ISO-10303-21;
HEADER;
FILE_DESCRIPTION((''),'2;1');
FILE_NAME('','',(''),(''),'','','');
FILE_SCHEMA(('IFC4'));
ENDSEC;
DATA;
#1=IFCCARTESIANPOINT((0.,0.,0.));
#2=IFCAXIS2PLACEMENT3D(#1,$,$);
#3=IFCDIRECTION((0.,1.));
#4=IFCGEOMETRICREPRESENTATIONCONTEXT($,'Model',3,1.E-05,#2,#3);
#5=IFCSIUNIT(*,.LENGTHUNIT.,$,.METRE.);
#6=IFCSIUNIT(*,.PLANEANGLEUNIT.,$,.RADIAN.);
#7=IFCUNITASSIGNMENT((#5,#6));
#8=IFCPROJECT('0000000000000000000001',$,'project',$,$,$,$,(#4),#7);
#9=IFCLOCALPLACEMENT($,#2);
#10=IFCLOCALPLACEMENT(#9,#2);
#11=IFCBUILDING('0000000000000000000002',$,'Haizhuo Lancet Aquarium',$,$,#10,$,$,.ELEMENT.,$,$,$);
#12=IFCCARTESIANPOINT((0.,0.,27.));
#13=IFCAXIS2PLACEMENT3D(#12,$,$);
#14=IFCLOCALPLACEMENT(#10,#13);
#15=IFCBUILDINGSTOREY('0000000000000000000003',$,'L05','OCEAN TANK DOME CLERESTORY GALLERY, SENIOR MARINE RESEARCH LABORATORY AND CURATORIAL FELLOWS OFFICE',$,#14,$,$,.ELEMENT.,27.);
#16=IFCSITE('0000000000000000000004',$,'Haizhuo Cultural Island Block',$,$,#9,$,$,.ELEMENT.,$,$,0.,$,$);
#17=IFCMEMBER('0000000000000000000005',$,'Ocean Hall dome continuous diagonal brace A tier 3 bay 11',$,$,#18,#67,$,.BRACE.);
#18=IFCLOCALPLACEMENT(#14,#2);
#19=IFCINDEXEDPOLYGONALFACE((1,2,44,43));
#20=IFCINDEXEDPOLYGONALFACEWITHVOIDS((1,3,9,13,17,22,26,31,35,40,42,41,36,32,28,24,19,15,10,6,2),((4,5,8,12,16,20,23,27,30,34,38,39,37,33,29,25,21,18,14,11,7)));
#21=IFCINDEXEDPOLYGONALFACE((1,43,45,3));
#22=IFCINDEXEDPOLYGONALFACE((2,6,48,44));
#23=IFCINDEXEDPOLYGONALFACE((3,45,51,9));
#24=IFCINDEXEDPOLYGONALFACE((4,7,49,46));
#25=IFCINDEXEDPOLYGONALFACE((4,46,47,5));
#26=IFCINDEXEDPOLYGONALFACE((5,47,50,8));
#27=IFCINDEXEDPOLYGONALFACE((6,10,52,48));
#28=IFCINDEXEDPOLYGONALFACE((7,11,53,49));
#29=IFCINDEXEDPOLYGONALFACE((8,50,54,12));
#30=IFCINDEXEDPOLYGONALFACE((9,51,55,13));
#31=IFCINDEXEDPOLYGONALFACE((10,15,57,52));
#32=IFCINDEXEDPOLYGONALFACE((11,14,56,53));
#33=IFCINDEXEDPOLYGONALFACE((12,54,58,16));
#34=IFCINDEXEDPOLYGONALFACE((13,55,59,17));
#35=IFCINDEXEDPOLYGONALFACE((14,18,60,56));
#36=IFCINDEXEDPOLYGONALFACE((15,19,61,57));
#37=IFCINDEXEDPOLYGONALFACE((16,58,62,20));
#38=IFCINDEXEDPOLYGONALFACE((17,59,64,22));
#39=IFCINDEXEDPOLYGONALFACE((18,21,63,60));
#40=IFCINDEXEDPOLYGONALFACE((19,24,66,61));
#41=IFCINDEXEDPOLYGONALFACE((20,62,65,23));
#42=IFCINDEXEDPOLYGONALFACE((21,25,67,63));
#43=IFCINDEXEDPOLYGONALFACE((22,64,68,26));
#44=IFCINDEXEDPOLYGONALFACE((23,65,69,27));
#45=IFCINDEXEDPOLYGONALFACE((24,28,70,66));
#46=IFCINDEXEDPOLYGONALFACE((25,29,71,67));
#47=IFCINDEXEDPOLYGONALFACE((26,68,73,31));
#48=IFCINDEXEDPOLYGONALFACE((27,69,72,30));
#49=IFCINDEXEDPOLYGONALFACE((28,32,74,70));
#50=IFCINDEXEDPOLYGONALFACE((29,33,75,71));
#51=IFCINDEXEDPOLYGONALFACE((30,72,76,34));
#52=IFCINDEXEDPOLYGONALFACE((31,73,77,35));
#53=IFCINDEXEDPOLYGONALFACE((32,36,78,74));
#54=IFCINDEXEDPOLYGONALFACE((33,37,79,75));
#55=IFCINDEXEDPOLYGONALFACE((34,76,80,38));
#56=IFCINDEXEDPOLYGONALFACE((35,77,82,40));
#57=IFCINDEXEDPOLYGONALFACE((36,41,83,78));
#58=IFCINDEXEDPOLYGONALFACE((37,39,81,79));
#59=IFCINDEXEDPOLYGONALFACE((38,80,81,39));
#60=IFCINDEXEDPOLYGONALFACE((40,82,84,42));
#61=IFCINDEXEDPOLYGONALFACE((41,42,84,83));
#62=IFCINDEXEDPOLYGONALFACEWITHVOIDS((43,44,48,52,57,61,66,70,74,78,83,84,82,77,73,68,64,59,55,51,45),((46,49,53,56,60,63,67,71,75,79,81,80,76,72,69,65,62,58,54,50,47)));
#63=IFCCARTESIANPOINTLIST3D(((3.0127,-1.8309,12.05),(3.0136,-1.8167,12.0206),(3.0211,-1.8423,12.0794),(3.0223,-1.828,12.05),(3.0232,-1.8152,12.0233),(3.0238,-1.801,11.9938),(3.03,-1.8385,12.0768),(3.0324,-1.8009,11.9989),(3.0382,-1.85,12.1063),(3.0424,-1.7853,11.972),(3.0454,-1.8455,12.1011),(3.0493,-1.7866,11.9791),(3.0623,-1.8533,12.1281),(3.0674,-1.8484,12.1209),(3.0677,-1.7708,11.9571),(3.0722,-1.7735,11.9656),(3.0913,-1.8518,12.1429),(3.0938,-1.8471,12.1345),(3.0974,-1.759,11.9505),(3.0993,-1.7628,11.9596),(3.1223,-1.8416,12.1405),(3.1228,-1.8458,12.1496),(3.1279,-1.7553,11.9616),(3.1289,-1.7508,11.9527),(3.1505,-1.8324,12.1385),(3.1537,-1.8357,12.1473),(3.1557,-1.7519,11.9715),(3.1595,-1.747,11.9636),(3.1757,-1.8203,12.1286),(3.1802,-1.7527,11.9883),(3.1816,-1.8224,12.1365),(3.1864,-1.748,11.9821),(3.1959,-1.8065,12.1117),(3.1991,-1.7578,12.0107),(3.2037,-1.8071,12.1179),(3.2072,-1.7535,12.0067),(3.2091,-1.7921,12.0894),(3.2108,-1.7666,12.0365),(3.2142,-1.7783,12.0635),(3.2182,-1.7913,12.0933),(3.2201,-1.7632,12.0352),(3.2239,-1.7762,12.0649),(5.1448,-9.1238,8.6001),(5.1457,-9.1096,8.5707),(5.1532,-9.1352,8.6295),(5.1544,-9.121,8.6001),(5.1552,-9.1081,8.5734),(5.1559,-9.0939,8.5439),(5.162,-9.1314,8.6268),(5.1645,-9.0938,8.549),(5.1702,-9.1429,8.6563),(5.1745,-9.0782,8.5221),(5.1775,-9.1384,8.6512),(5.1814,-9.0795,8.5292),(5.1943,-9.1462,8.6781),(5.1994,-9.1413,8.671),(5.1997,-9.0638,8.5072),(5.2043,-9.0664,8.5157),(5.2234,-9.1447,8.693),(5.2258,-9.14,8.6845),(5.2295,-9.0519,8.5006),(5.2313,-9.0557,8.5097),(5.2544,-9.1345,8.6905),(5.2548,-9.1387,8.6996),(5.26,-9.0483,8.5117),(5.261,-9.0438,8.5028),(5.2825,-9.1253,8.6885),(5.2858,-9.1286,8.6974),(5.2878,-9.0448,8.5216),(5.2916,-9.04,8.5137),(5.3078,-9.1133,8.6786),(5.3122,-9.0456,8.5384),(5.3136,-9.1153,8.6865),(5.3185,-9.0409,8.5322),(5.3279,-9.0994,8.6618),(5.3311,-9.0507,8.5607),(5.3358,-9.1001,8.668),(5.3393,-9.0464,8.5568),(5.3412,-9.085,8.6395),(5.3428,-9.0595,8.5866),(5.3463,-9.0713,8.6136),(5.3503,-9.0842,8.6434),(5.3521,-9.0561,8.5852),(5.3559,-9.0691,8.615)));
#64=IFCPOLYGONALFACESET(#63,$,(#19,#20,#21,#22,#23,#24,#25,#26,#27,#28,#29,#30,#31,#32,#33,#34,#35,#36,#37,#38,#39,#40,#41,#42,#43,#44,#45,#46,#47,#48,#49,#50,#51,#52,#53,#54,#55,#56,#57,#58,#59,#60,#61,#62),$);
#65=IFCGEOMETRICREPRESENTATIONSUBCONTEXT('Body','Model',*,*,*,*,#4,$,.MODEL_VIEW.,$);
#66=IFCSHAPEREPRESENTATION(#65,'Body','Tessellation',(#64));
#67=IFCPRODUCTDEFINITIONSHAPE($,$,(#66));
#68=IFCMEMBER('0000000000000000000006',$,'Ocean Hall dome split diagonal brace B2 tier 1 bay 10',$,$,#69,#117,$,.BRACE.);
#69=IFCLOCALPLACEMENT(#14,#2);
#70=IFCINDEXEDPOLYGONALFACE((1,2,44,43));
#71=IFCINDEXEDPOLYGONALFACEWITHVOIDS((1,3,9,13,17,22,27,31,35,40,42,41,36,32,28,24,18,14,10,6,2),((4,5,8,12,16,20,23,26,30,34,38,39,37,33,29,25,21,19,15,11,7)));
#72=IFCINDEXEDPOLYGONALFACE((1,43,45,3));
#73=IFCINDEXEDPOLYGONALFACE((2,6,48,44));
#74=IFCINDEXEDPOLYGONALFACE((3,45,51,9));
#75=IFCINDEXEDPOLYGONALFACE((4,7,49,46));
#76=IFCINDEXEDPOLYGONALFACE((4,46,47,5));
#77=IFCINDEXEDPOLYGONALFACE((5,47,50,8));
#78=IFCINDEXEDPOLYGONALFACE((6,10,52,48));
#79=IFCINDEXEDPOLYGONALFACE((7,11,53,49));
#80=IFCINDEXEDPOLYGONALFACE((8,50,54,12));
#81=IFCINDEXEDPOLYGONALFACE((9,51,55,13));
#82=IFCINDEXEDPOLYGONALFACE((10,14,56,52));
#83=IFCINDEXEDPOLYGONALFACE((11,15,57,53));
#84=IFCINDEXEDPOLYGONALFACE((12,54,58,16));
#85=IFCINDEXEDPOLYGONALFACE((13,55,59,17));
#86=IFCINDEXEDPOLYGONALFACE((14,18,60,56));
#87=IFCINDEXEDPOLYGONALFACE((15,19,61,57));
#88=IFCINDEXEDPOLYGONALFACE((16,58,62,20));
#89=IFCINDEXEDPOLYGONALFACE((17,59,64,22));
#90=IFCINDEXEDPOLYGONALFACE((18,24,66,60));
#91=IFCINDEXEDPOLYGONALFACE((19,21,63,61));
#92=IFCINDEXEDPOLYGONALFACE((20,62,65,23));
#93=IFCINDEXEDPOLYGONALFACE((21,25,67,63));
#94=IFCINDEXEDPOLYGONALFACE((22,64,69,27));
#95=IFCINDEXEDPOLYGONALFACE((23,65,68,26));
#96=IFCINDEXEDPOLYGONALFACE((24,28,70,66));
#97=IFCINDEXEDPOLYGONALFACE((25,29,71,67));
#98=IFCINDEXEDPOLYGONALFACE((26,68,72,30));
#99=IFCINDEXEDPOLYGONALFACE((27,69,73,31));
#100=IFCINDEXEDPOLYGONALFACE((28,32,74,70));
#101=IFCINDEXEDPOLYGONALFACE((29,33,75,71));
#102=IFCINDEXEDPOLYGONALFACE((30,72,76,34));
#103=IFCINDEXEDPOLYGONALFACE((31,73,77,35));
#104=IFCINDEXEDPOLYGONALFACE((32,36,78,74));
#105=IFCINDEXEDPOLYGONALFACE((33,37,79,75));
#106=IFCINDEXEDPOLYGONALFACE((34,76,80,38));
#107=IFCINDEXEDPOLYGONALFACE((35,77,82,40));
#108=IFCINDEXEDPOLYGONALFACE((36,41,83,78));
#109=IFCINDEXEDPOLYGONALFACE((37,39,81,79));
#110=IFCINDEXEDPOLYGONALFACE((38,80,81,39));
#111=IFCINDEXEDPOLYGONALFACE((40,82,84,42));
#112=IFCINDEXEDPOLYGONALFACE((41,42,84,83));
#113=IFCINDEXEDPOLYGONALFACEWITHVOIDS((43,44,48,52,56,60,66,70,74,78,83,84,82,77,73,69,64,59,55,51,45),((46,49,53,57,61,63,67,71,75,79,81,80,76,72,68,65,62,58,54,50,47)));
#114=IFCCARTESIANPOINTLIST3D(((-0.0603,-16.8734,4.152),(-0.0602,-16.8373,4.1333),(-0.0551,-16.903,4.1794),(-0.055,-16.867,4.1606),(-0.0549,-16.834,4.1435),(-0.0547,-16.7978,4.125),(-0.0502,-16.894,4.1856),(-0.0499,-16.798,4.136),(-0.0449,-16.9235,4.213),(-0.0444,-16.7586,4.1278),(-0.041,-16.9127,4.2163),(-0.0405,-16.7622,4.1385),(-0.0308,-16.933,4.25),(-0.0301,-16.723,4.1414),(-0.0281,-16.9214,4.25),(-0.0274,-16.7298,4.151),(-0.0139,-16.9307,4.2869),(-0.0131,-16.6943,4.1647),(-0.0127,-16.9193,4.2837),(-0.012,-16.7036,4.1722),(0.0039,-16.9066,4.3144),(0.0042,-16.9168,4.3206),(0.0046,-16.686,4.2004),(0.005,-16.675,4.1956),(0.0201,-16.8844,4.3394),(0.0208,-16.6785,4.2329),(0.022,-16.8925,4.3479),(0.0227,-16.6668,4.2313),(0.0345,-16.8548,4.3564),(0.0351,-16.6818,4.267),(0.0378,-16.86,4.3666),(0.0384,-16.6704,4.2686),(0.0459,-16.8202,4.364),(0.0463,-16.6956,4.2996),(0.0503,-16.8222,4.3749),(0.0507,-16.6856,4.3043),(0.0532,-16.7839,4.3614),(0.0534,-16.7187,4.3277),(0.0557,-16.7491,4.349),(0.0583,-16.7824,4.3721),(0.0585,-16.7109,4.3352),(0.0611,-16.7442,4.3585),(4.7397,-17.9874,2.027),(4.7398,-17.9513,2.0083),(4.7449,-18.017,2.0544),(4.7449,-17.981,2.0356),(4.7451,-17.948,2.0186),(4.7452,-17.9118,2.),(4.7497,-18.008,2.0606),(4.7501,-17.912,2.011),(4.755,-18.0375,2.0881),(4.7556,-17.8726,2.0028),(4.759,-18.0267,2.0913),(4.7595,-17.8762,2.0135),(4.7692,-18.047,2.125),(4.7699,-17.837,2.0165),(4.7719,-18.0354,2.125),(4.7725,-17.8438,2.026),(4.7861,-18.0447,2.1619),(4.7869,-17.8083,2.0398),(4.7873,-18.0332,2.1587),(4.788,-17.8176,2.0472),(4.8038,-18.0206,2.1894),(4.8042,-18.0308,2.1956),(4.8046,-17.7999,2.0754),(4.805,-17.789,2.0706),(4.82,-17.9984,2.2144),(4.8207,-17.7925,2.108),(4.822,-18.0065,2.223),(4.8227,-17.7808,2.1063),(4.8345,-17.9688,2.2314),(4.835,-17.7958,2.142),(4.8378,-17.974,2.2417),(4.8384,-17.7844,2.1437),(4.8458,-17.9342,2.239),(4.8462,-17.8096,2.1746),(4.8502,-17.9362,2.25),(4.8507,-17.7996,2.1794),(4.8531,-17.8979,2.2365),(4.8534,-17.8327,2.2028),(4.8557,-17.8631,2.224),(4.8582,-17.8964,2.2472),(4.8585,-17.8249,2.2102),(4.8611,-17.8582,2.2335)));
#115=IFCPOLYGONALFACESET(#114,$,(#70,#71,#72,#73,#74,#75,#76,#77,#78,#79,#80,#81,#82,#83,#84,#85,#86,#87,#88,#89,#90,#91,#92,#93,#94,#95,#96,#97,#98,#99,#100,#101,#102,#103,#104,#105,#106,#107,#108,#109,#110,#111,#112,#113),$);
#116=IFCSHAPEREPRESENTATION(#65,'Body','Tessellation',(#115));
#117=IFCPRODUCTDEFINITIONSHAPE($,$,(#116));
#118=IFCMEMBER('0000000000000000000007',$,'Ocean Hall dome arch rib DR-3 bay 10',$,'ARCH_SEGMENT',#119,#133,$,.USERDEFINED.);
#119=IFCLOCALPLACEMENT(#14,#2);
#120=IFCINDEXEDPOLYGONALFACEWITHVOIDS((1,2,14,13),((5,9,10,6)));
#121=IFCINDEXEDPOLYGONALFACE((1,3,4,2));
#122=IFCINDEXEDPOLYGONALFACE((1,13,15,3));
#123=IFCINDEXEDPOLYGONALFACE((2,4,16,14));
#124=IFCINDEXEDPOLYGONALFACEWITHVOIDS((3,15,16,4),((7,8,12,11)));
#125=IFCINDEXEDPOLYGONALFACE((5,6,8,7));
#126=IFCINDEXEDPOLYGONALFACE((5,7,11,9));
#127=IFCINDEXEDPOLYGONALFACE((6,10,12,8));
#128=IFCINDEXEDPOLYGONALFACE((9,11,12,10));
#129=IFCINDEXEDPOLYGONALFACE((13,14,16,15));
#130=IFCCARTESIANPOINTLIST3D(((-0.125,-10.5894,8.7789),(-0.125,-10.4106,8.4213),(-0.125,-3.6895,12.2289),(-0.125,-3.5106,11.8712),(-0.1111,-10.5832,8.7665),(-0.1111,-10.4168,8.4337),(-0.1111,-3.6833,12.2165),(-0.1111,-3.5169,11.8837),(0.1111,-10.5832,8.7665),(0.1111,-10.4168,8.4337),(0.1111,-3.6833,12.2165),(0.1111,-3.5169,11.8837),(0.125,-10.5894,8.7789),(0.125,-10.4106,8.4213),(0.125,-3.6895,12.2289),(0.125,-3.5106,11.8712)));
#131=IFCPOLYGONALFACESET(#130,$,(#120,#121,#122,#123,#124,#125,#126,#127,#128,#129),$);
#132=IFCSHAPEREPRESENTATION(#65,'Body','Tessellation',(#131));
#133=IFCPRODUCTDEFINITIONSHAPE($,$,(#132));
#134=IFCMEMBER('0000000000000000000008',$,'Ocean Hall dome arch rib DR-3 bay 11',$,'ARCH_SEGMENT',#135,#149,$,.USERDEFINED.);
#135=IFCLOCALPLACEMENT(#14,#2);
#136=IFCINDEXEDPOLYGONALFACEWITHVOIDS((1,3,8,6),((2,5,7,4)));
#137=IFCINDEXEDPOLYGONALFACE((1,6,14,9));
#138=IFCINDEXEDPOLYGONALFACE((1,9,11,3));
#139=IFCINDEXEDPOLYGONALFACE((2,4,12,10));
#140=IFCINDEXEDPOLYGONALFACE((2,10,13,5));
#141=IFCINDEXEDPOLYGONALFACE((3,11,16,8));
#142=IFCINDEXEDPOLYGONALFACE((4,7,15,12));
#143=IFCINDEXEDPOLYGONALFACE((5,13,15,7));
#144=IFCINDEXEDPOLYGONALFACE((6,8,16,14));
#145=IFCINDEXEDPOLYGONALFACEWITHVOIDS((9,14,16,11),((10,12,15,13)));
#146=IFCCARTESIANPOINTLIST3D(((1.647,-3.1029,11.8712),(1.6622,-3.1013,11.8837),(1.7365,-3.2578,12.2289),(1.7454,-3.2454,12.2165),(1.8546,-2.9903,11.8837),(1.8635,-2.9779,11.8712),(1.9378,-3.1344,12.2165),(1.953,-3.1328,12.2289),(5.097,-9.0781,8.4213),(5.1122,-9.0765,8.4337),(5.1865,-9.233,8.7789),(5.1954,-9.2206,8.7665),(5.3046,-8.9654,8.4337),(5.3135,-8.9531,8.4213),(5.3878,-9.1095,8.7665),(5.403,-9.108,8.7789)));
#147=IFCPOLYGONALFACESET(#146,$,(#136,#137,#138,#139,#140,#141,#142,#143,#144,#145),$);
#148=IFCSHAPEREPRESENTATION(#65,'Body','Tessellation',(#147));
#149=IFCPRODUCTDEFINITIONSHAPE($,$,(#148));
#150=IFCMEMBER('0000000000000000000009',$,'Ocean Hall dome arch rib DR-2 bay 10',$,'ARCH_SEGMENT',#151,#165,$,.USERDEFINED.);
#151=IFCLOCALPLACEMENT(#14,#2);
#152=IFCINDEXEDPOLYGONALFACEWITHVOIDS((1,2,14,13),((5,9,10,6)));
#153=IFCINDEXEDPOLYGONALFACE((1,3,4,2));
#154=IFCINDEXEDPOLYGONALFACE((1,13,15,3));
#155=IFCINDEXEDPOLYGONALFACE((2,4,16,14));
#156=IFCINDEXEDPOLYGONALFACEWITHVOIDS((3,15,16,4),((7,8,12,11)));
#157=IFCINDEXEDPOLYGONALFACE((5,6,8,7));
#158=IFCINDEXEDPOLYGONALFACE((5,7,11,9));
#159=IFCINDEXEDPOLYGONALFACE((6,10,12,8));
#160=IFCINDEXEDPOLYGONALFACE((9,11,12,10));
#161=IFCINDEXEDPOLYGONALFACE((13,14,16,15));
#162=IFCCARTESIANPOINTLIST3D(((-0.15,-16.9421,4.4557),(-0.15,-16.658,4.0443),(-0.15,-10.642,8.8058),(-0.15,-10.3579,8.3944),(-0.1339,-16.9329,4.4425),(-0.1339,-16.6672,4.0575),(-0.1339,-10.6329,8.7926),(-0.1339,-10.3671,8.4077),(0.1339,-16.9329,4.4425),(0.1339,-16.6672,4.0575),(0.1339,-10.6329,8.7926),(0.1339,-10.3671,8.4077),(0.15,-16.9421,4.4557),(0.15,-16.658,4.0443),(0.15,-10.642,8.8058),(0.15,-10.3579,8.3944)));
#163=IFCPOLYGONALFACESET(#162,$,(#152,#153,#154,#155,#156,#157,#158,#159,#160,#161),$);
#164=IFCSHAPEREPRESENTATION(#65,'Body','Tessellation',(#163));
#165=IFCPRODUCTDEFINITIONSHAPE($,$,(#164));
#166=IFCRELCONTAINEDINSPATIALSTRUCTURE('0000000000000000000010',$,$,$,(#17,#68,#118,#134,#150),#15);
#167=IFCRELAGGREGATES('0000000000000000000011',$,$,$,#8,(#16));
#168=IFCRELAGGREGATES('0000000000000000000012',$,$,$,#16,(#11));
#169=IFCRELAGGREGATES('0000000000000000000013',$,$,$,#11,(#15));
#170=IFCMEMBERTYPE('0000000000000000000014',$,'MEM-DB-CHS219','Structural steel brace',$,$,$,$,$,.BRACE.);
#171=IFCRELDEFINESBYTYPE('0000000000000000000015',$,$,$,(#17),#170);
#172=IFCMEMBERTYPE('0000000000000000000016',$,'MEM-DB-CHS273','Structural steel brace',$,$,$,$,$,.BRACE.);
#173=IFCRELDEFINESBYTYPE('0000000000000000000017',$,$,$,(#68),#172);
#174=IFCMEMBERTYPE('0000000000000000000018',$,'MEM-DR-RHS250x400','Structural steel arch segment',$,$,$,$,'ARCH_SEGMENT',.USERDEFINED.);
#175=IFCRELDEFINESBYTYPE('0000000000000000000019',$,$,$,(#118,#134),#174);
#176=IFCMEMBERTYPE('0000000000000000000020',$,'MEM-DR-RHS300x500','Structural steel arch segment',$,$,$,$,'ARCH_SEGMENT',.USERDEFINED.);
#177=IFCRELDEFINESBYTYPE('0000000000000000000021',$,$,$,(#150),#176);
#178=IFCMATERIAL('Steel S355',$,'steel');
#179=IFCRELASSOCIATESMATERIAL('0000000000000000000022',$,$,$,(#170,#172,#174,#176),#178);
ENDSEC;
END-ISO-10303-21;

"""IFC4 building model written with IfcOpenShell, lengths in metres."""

from ifc_helpers import new_model, si_unit, direction, frame, origin, origin_2d, place, context, subcontext, project, spatial, hollow_rectangle, hollow_circle, extrude, material, material_profile, profile_set, type_object, element, save


model = new_model("IFC4")

# Units and contexts
model_context = context("Model", 3, precision=1e-05, world=origin(), true_north=direction((0.0, 1.0)))
body_context = subcontext(model_context, "Body", "Model", "MODEL_VIEW")
ifc_project = project(units=[si_unit("LENGTHUNIT", "METRE"), si_unit("PLANEANGLEUNIT", "RADIAN")], contexts=[model_context])

# Site, building, storey
site_placement = place(None, origin())
site = spatial("IfcSite", under=ifc_project, at=site_placement, Name="Haizhuo Cultural Island Block", CompositionType="ELEMENT", RefElevation=0.0)
building_placement = place(site_placement, origin())
building = spatial("IfcBuilding", under=site, at=building_placement, Name="Haizhuo Lancet Aquarium", CompositionType="ELEMENT")
storey_placement = place(building_placement, frame((0.0, 0.0, 27.0)))
storey = spatial("IfcBuildingStorey", under=building, at=storey_placement, Name="L05", Description="OCEAN TANK DOME CLERESTORY GALLERY, SENIOR MARINE RESEARCH LABORATORY AND CURATORIAL FELLOWS OFFICE", CompositionType="ELEMENT", Elevation=27.0)

# Members
ifc_material_1 = material(Name="Steel S355", Category="steel")
ifc_material_profile_1 = material_profile(ifc_material_1, hollow_circle(Radius=0.1096, WallThickness=0.01, at=origin_2d()), Name="CHS 219x10")
ifc_profile_set_1 = profile_set([ifc_material_profile_1], Name="Steel S355")
member_type_1 = type_object("IfcMemberType", Name="MEM-DB-CHS219", Description="Structural steel brace", PredefinedType="BRACE", material=ifc_profile_set_1)
member_1_placement = place(storey_placement, frame((5.25, -9.093, 8.6001), z_axis=(-0.255499, 0.873956, 0.413426), x_axis=(-0.959824, -0.280602, 0.0)))
element("IfcMember", 1, at=member_1_placement, inside=storey, type_object=member_type_1, Name="Ocean Hall dome continuous diagonal brace A tier 3 bay 11", PredefinedType="BRACE", context=body_context, shape_type="SweptSolid", body=[
    extrude(hollow_circle(Radius=0.1096, WallThickness=0.01, at=origin_2d()), origin(), (0.0, 0.0, 1.0), 8.3447),
])
ifc_material_profile_2 = material_profile(ifc_material_1, hollow_circle(Radius=0.1365, WallThickness=0.012, at=origin_2d()), Name="CHS 273x12")
ifc_profile_set_2 = profile_set([ifc_material_profile_2], Name="Steel S355")
member_type_2 = type_object("IfcMemberType", Name="MEM-DB-CHS273", Description="Structural steel brace", PredefinedType="BRACE", material=ifc_profile_set_2)
member_2_placement = place(storey_placement, frame((4.8, -17.9141, 2.125), z_axis=(-0.894481, 0.207595, 0.39599), x_axis=(-0.226075, -0.97411, 0.0)))
element("IfcMember", 2, at=member_2_placement, inside=storey, type_object=member_type_2, Name="Ocean Hall dome split diagonal brace B2 tier 1 bay 10", PredefinedType="BRACE", context=body_context, shape_type="SweptSolid", body=[
    extrude(hollow_circle(Radius=0.1365, WallThickness=0.012, at=origin_2d()), origin(), (0.0, 0.0, 1.0), 5.3662),
])
ifc_material_profile_3 = material_profile(ifc_material_1, hollow_rectangle(XDim=0.25, YDim=0.3999, WallThickness=0.0139, at=origin_2d()), Name="RHS 250x400x14")
ifc_profile_set_3 = profile_set([ifc_material_profile_3], Name="Steel S355")
member_type_3 = type_object("IfcMemberType", Name="MEM-DR-RHS250x400", Description="Structural steel arch segment", ElementType="ARCH_SEGMENT", PredefinedType="USERDEFINED", material=ifc_profile_set_3)
member_3_placement = place(storey_placement, frame((0.0, -10.5, 8.6001), z_axis=(0.0, 0.894427, 0.447214), x_axis=(-1.0, 0.0, 0.0)))
element("IfcMember", 3, at=member_3_placement, inside=storey, type_object=member_type_3, Name="Ocean Hall dome arch rib DR-3 bay 10", ObjectType="ARCH_SEGMENT", PredefinedType="USERDEFINED", context=body_context, shape_type="SweptSolid", body=[
    extrude(hollow_rectangle(XDim=0.25, YDim=0.3999, WallThickness=0.0139, at=origin_2d()), origin(), (0.0, 0.0, 1.0), 7.7144),
])
member_4_placement = place(storey_placement, frame((5.25, -9.093, 8.6001), z_axis=(-0.447231, 0.774576, 0.447231), x_axis=(-0.866011, -0.500025, 0.0)))
element("IfcMember", 4, at=member_4_placement, inside=storey, type_object=member_type_3, Name="Ocean Hall dome arch rib DR-3 bay 11", ObjectType="ARCH_SEGMENT", PredefinedType="USERDEFINED", context=body_context, shape_type="SweptSolid", body=[
    extrude(hollow_rectangle(XDim=0.25, YDim=0.3999, WallThickness=0.0139, at=origin_2d()), origin(), (0.0, 0.0, 1.0), 7.7141),
])
ifc_material_profile_4 = material_profile(ifc_material_1, hollow_rectangle(XDim=0.3, YDim=0.5, WallThickness=0.0161, at=origin_2d()), Name="RHS 300x500x16")
ifc_profile_set_4 = profile_set([ifc_material_profile_4], Name="Steel S355")
member_type_4 = type_object("IfcMemberType", Name="MEM-DR-RHS300x500", Description="Structural steel arch segment", ElementType="ARCH_SEGMENT", PredefinedType="USERDEFINED", material=ifc_profile_set_4)
member_5_placement = place(storey_placement, frame((0.0, -16.8, 4.25), z_axis=(0.0, 0.822893, 0.568196), x_axis=(-1.0, 0.0, 0.0)))
element("IfcMember", 5, at=member_5_placement, inside=storey, type_object=member_type_4, Name="Ocean Hall dome arch rib DR-2 bay 10", ObjectType="ARCH_SEGMENT", PredefinedType="USERDEFINED", context=body_context, shape_type="SweptSolid", body=[
    extrude(hollow_rectangle(XDim=0.3, YDim=0.5, WallThickness=0.0161, at=origin_2d()), origin(), (0.0, 0.0, 1.0), 7.656),
])

save(model, "model.ifc")
